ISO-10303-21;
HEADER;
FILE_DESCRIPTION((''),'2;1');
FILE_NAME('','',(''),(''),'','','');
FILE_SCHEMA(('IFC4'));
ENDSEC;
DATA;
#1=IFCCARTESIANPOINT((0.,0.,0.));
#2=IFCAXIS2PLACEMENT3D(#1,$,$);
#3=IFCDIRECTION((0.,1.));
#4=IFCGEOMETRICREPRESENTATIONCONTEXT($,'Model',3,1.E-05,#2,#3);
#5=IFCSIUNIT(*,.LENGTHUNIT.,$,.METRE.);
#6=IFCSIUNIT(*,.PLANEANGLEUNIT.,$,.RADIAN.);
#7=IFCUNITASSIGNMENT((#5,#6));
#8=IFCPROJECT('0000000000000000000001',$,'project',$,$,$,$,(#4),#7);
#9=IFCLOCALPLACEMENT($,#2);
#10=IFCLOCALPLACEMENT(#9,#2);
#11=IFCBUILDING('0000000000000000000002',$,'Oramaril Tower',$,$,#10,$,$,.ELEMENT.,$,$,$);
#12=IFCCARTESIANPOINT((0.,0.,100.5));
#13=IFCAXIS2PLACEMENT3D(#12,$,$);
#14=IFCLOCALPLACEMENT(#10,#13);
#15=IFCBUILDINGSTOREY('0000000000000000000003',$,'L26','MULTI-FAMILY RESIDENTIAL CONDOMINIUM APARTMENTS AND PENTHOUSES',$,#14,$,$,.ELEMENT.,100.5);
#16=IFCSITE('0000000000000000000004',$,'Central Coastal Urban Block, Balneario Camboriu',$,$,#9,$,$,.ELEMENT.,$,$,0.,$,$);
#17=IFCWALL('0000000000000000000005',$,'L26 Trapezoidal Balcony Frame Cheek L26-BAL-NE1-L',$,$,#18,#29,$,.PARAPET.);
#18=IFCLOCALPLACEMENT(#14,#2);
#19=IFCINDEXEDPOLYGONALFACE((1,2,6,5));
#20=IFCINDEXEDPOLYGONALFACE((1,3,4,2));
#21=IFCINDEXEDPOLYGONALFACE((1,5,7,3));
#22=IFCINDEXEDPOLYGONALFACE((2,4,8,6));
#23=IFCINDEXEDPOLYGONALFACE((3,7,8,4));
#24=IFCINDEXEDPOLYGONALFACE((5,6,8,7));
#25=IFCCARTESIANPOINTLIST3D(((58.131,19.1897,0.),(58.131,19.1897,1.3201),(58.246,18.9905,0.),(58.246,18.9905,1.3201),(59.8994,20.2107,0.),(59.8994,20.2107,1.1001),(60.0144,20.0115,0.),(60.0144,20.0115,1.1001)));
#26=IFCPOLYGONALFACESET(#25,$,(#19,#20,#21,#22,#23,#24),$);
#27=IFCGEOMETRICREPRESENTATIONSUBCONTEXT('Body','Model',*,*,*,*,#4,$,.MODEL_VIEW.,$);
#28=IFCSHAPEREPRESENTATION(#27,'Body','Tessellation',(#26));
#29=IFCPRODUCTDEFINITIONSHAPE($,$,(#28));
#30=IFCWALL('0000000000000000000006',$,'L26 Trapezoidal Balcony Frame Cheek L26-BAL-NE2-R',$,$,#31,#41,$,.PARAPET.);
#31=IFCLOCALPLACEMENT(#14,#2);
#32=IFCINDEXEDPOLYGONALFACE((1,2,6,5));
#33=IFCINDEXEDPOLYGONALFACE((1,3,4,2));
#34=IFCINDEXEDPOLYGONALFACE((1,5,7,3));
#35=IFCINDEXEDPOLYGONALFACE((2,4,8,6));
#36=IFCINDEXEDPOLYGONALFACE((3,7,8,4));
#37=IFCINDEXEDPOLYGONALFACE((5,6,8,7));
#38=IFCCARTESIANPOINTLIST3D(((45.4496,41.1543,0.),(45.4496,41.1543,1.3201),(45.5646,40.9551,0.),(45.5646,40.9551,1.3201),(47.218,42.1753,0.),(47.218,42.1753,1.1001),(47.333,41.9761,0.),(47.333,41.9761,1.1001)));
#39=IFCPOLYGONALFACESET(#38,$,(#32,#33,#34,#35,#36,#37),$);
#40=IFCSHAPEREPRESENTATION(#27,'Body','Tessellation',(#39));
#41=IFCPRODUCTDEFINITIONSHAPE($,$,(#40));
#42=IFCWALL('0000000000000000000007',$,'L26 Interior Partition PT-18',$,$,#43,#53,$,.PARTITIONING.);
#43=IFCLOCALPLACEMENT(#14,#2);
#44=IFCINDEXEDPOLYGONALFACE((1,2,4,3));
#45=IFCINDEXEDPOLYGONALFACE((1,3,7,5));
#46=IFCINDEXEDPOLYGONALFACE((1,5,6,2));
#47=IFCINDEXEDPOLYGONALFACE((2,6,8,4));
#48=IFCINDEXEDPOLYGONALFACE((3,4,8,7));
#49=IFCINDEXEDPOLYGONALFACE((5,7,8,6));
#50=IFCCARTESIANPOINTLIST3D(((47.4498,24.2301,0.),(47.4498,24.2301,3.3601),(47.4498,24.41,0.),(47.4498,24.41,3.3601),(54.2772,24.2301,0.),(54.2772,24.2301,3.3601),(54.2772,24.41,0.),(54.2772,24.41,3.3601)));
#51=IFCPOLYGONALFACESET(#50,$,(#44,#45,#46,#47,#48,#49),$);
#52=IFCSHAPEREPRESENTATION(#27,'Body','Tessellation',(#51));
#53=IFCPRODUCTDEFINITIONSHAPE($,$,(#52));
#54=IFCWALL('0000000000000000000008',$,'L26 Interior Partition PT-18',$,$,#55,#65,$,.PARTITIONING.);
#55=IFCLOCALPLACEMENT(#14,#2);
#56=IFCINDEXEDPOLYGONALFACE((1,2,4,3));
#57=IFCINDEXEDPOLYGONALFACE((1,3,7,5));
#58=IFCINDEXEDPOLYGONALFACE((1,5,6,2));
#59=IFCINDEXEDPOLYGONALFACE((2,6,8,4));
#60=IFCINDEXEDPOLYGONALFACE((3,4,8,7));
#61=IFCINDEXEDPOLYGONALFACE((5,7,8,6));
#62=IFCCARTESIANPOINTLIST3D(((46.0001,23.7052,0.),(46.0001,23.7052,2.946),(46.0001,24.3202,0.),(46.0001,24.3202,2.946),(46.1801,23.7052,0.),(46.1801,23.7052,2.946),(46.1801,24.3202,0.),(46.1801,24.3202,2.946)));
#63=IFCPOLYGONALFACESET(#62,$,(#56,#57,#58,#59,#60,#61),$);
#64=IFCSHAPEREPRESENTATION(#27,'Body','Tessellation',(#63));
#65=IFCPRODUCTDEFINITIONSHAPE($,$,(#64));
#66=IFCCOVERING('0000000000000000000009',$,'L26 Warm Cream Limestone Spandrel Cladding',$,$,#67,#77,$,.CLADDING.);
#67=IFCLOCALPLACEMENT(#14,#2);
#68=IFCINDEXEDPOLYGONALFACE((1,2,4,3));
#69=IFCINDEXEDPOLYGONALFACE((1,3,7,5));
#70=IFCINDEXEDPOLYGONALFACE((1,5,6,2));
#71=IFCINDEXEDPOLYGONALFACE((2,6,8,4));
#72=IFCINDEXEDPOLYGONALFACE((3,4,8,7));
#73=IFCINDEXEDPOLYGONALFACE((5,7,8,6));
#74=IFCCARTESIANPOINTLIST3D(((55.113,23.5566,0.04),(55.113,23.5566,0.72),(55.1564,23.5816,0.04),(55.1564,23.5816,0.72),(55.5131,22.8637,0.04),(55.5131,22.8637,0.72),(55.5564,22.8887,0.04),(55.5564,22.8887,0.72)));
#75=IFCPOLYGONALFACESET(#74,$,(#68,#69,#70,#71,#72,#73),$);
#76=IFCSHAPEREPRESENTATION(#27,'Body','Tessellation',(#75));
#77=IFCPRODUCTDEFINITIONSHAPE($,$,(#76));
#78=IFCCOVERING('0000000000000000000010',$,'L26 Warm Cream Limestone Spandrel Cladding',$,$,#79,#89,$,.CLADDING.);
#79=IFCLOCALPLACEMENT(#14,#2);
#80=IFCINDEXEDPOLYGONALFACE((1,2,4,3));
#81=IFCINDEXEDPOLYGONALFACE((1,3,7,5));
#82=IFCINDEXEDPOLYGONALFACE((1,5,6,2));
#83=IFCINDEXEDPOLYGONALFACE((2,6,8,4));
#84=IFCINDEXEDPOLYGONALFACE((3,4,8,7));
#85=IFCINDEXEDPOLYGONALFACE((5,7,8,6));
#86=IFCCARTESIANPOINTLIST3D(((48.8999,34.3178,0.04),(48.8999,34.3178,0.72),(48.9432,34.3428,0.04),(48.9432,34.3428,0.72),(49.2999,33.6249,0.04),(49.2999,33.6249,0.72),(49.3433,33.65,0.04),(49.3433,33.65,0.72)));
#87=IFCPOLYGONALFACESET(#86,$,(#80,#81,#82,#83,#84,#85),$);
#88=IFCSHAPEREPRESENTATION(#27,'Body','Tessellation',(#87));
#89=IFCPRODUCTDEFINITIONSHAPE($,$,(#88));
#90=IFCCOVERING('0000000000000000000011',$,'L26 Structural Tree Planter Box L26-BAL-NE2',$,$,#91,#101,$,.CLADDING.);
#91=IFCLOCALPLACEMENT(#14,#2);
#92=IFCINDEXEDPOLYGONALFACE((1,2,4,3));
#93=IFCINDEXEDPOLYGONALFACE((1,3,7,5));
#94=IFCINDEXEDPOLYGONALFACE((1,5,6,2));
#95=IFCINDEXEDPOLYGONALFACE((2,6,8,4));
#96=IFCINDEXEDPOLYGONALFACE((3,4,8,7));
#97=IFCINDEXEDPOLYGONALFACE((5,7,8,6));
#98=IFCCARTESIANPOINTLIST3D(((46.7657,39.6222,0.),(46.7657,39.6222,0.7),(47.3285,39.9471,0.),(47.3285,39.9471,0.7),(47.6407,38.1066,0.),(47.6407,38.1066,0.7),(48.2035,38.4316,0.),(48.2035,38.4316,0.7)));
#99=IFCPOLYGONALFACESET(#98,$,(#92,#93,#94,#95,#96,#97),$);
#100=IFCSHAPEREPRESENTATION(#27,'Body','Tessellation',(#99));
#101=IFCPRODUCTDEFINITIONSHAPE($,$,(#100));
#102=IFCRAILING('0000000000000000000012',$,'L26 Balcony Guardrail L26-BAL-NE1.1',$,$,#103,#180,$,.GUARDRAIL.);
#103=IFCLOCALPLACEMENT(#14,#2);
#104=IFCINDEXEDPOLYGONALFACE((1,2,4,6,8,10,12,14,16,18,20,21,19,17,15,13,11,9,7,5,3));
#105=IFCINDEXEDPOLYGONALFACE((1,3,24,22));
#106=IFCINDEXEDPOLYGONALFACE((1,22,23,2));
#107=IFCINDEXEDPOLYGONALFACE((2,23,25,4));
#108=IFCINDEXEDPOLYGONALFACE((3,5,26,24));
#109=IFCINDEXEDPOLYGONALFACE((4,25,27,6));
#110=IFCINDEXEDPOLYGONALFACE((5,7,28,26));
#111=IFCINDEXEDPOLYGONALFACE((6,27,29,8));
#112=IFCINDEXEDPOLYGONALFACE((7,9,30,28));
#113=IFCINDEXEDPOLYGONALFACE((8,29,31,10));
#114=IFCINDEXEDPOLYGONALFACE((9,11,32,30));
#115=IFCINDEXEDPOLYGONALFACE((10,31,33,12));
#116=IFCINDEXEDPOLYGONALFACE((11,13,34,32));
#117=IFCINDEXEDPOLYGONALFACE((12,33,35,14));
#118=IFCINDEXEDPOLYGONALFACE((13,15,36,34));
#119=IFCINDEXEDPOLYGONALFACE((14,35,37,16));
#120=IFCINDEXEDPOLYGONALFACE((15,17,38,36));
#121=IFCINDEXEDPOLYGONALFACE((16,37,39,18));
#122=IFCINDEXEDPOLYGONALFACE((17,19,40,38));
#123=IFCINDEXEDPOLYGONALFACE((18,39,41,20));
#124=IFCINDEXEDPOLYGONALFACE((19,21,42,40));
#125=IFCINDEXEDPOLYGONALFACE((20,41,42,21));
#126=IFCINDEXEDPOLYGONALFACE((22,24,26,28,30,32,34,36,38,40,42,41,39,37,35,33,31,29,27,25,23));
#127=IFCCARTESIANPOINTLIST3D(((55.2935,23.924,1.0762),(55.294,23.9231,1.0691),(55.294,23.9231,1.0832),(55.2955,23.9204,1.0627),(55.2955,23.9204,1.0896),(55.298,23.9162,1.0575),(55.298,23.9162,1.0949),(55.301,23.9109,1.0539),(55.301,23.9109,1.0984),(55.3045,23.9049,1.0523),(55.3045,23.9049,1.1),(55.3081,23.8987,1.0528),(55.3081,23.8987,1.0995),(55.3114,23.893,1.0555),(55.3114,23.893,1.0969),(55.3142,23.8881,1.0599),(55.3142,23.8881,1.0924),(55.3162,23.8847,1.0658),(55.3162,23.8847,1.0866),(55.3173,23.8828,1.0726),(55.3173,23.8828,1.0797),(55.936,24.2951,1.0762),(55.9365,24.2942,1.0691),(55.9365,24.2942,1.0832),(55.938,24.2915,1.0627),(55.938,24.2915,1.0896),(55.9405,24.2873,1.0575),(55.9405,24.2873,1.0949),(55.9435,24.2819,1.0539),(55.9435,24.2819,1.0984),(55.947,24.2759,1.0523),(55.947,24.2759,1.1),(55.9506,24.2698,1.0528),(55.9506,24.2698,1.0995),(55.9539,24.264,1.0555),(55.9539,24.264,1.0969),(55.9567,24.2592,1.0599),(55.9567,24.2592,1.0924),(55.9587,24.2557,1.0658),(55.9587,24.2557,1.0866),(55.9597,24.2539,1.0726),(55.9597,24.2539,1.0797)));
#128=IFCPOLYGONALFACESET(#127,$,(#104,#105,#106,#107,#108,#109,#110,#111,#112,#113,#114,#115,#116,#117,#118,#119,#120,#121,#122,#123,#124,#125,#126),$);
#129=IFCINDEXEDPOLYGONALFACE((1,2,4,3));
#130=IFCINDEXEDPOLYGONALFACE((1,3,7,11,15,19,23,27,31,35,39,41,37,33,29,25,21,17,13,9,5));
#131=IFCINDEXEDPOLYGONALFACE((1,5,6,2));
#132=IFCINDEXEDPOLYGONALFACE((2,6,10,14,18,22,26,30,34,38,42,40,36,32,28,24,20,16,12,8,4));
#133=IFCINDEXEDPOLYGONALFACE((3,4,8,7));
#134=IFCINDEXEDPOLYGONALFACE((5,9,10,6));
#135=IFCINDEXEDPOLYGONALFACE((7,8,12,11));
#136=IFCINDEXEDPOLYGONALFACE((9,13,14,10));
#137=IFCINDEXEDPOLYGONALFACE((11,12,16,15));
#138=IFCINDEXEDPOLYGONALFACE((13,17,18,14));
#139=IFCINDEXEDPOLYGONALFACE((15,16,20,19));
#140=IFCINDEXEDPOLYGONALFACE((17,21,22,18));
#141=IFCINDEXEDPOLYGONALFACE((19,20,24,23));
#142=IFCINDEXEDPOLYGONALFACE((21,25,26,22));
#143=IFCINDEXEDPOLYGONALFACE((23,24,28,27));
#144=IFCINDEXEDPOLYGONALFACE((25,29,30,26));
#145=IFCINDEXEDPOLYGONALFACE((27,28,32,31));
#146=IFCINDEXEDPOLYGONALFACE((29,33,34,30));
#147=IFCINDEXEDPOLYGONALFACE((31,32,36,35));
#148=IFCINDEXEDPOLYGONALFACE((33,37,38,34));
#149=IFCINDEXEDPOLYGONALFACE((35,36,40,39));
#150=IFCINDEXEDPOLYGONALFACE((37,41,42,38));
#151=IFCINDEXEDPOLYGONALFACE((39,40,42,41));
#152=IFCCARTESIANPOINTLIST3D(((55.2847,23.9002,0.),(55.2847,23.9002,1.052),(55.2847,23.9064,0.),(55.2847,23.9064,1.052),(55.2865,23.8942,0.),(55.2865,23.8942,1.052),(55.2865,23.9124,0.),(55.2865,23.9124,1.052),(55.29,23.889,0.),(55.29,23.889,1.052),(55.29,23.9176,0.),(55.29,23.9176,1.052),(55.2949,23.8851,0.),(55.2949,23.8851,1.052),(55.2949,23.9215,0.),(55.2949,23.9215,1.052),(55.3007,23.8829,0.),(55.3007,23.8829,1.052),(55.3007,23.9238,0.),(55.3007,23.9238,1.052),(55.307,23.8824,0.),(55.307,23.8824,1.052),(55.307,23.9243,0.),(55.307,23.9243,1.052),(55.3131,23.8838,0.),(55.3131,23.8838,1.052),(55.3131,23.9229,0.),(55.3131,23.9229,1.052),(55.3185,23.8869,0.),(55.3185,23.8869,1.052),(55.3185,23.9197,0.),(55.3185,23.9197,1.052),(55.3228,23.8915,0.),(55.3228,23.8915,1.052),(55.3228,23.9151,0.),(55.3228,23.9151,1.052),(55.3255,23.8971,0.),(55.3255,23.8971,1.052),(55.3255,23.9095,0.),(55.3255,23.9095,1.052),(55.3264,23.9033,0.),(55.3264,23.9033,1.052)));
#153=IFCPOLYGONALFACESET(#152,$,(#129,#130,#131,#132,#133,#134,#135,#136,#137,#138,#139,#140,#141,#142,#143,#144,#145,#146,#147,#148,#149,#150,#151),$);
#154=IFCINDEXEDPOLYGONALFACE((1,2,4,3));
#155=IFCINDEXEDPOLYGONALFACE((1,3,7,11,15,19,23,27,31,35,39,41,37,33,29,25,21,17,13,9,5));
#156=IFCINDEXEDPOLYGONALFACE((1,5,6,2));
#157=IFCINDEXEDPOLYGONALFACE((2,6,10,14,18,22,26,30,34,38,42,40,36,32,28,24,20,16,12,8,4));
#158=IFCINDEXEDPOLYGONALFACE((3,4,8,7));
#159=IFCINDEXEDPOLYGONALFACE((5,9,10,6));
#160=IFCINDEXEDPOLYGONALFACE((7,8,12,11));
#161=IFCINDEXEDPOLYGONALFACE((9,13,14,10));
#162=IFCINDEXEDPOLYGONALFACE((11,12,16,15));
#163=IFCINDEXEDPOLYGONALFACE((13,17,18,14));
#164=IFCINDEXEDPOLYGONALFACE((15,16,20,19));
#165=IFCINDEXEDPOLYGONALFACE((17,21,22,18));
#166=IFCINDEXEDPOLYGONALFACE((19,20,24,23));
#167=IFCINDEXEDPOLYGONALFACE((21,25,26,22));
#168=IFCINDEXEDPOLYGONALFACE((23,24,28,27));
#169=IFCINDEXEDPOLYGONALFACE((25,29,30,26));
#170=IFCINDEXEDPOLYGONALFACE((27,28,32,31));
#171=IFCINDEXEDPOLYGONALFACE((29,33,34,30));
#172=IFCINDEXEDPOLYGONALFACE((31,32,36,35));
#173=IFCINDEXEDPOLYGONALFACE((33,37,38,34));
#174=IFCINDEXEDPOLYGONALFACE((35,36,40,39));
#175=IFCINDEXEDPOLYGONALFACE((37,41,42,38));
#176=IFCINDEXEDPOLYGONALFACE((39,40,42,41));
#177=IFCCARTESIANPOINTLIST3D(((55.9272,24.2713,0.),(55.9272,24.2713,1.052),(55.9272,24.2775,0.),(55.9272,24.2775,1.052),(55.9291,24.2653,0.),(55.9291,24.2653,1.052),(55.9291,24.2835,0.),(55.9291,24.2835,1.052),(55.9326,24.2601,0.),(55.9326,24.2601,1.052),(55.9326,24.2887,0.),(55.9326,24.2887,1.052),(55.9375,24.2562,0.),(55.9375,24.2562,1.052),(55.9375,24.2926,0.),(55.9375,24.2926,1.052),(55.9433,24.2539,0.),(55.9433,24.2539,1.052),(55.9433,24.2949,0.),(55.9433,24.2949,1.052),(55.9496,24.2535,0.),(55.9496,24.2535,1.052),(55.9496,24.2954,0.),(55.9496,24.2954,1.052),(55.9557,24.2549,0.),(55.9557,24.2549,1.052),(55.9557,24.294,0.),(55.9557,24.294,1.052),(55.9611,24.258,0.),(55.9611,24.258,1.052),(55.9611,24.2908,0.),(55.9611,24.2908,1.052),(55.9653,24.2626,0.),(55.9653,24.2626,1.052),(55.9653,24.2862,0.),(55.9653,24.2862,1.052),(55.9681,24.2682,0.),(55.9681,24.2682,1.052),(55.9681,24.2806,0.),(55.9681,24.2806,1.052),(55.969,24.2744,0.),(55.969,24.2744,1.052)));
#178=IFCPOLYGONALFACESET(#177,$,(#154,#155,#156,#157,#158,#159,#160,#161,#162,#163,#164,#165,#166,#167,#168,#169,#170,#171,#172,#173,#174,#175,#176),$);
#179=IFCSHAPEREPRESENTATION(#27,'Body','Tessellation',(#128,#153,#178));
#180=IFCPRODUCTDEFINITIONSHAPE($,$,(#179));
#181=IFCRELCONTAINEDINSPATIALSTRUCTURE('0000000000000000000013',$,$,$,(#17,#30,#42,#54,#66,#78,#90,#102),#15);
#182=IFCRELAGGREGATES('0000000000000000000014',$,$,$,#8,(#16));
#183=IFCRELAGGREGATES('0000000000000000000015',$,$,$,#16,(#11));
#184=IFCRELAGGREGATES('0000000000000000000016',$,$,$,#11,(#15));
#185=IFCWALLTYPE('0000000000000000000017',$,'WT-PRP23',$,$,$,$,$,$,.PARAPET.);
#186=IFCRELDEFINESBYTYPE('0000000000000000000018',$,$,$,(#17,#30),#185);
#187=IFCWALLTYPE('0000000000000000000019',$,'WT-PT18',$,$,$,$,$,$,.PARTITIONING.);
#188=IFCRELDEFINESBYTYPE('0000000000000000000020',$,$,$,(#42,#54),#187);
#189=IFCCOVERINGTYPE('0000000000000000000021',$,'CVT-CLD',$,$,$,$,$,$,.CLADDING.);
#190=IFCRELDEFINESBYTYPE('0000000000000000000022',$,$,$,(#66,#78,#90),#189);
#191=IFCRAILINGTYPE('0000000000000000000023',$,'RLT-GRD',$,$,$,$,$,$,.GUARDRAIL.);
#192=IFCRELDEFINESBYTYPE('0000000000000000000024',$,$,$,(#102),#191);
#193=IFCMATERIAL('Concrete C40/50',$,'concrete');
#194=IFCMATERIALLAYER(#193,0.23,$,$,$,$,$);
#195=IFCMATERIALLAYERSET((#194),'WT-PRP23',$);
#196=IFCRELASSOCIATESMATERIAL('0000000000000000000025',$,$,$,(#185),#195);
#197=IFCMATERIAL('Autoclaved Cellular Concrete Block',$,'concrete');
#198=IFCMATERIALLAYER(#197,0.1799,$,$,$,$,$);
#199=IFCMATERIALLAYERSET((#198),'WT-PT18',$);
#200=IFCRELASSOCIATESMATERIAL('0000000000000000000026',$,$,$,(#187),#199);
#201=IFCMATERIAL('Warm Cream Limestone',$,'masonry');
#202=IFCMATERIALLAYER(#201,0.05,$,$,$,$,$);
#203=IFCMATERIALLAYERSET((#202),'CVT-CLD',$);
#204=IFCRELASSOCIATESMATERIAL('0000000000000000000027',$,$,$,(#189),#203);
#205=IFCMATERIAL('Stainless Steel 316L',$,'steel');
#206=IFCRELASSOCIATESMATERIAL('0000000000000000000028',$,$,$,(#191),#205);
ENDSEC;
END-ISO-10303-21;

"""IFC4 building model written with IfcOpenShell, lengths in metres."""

from ifc_helpers import new_model, si_unit, direction, frame, frame_2d, origin, origin_2d, place, context, subcontext, project, spatial, polyline, rectangle, circle, outline, extrude, material, layer, layer_set, type_object, element, save


model = new_model("IFC4")

# Units and contexts
model_context = context("Model", 3, precision=1e-05, world=origin(), true_north=direction((0.0, 1.0)))
body_context = subcontext(model_context, "Body", "Model", "MODEL_VIEW")
ifc_project = project(units=[si_unit("LENGTHUNIT", "METRE"), si_unit("PLANEANGLEUNIT", "RADIAN")], contexts=[model_context])

# Site, building, storey
site_placement = place(None, origin())
site = spatial("IfcSite", under=ifc_project, at=site_placement, Name="Central Coastal Urban Block, Balneario Camboriu", CompositionType="ELEMENT", RefElevation=0.0)
building_placement = place(site_placement, origin())
building = spatial("IfcBuilding", under=site, at=building_placement, Name="Oramaril Tower", CompositionType="ELEMENT")
storey_placement = place(building_placement, frame((0.0, 0.0, 100.5)))
storey = spatial("IfcBuildingStorey", under=building, at=storey_placement, Name="L26", Description="MULTI-FAMILY RESIDENTIAL CONDOMINIUM APARTMENTS AND PENTHOUSES", CompositionType="ELEMENT", Elevation=100.5)

# Walls
ifc_material_1 = material(Name="Concrete C40/50", Category="concrete")
ifc_layer_1 = layer(ifc_material_1, 0.23)
ifc_layer_set_1 = layer_set([ifc_layer_1], Name="WT-PRP23")
wall_type_1 = type_object("IfcWallType", Name="WT-PRP23", PredefinedType="PARAPET", material=ifc_layer_set_1)
for number, where, z_axis, x_axis, name in (
    (1, (58.1885, 19.0901, 0.0), (0.0, 0.0, 1.0), (0.866012, 0.500023, 0.0), "L26 Trapezoidal Balcony Frame Cheek L26-BAL-NE1-L"),
    (2, (45.5071, 41.0547, 0.0), (0.0, 0.0, 1.0), (0.866012, 0.500023, 0.0), "L26 Trapezoidal Balcony Frame Cheek L26-BAL-NE2-R"),
):
    element("IfcWall", number, at=place(storey_placement, frame(where, z_axis=z_axis, x_axis=x_axis)), inside=storey, type_object=wall_type_1, Name=name, PredefinedType="PARAPET", context=body_context, shape_type="SweptSolid", body=[
        extrude(outline(polyline([(0.0, 0.0), (2.042, 0.0), (2.042, 1.1001), (0.0, 1.3201), (0.0, 0.0)])), frame((0.0, 0.115, 0.0), z_axis=(0.0, -1.0, 0.0), x_axis=(1.0, 0.0, 0.0)), (0.0, 0.0, 1.0), 0.23),
    ])
ifc_material_2 = material(Name="Autoclaved Cellular Concrete Block", Category="concrete")
ifc_layer_2 = layer(ifc_material_2, 0.1799)
ifc_layer_set_2 = layer_set([ifc_layer_2], Name="WT-PT18")
wall_type_2 = type_object("IfcWallType", Name="WT-PT18", PredefinedType="PARTITIONING", material=ifc_layer_set_2)
wall_1_placement = place(storey_placement, frame((47.45, 24.3201, 0.0), z_axis=(0.0, 0.0, 1.0), x_axis=(1.0, 0.0, 0.0)))
element("IfcWall", 3, at=wall_1_placement, inside=storey, type_object=wall_type_2, Name="L26 Interior Partition PT-18", PredefinedType="PARTITIONING", context=body_context, shape_type="SweptSolid", body=[
    extrude(rectangle(XDim=6.8274, YDim=0.1799, at=frame_2d((3.4136, 0.0))), origin(), (0.0, 0.0, 1.0), 3.3601),
])
wall_2_placement = place(storey_placement, frame((46.0901, 23.7051, 0.0), z_axis=(0.0, 0.0, 1.0), x_axis=(0.0, 1.0, 0.0)))
element("IfcWall", 4, at=wall_2_placement, inside=storey, type_object=wall_type_2, Name="L26 Interior Partition PT-18", PredefinedType="PARTITIONING", context=body_context, shape_type="SweptSolid", body=[
    extrude(rectangle(XDim=0.615, YDim=0.1799, at=frame_2d((0.3076, 0.0))), origin(), (0.0, 0.0, 1.0), 2.946),
])

# Coverings
ifc_material_3 = material(Name="Warm Cream Limestone", Category="masonry")
ifc_layer_3 = layer(ifc_material_3, 0.05)
ifc_layer_set_3 = layer_set([ifc_layer_3], Name="CVT-CLD")
covering_type = type_object("IfcCoveringType", Name="CVT-CLD", PredefinedType="CLADDING", material=ifc_layer_set_3)
for number, where, z_axis, x_axis, name in (
    (5, (55.3347, 23.2227, 0.04), (0.0, 0.0, 1.0), (-0.5, 0.866025, 0.0), "L26 Warm Cream Limestone Spandrel Cladding"),
    (6, (49.1216, 33.9839, 0.04), (0.0, 0.0, 1.0), (-0.5, 0.866025, 0.0), "L26 Warm Cream Limestone Spandrel Cladding"),
):
    element("IfcCovering", number, at=place(storey_placement, frame(where, z_axis=z_axis, x_axis=x_axis)), inside=storey, type_object=covering_type, Name=name, PredefinedType="CLADDING", context=body_context, shape_type="SweptSolid", body=[
        extrude(rectangle(XDim=0.8, YDim=0.05, at=origin_2d()), origin(), (0.0, 0.0, 1.0), 0.6799),
    ])
covering_placement = place(storey_placement, frame((47.4846, 39.0269, 0.0), z_axis=(0.0, 0.0, 1.0), x_axis=(-0.5, 0.866025, 0.0)))
element("IfcCovering", 7, at=covering_placement, inside=storey, type_object=covering_type, Name="L26 Structural Tree Planter Box L26-BAL-NE2", PredefinedType="CLADDING", context=body_context, shape_type="SweptSolid", body=[
    extrude(rectangle(XDim=1.75, YDim=0.6499, at=origin_2d()), origin(), (0.0, 0.0, 1.0), 0.7),
])

# Railing
ifc_material_4 = material(Name="Stainless Steel 316L", Category="steel")
railing_type = type_object("IfcRailingType", Name="RLT-GRD", PredefinedType="GUARDRAIL", material=ifc_material_4)
railing_1_placement = place(storey_placement, frame((55.3054, 23.9033, 0.0)))
element("IfcRailing", 8, at=railing_1_placement, inside=storey, type_object=railing_type, Name="L26 Balcony Guardrail L26-BAL-NE1.1", PredefinedType="GUARDRAIL", context=body_context, shape_type="SweptSolid", body=[
    extrude(circle(Radius=0.0239, at=origin_2d()), frame((0.0, 0.0, 1.0762), z_axis=(0.865966, 0.500102, 0.0), x_axis=(-0.500102, 0.865966, 0.0)), (0.0, 0.0, 1.0), 0.7419),
    extrude(circle(Radius=0.021, at=origin_2d()), origin(), (0.0, 0.0, 1.0), 1.052),
    extrude(circle(Radius=0.021, at=origin_2d()), frame((0.6426, 0.3711, 0.0)), (0.0, 0.0, 1.0), 1.052),
])

save(model, "model.ifc")
